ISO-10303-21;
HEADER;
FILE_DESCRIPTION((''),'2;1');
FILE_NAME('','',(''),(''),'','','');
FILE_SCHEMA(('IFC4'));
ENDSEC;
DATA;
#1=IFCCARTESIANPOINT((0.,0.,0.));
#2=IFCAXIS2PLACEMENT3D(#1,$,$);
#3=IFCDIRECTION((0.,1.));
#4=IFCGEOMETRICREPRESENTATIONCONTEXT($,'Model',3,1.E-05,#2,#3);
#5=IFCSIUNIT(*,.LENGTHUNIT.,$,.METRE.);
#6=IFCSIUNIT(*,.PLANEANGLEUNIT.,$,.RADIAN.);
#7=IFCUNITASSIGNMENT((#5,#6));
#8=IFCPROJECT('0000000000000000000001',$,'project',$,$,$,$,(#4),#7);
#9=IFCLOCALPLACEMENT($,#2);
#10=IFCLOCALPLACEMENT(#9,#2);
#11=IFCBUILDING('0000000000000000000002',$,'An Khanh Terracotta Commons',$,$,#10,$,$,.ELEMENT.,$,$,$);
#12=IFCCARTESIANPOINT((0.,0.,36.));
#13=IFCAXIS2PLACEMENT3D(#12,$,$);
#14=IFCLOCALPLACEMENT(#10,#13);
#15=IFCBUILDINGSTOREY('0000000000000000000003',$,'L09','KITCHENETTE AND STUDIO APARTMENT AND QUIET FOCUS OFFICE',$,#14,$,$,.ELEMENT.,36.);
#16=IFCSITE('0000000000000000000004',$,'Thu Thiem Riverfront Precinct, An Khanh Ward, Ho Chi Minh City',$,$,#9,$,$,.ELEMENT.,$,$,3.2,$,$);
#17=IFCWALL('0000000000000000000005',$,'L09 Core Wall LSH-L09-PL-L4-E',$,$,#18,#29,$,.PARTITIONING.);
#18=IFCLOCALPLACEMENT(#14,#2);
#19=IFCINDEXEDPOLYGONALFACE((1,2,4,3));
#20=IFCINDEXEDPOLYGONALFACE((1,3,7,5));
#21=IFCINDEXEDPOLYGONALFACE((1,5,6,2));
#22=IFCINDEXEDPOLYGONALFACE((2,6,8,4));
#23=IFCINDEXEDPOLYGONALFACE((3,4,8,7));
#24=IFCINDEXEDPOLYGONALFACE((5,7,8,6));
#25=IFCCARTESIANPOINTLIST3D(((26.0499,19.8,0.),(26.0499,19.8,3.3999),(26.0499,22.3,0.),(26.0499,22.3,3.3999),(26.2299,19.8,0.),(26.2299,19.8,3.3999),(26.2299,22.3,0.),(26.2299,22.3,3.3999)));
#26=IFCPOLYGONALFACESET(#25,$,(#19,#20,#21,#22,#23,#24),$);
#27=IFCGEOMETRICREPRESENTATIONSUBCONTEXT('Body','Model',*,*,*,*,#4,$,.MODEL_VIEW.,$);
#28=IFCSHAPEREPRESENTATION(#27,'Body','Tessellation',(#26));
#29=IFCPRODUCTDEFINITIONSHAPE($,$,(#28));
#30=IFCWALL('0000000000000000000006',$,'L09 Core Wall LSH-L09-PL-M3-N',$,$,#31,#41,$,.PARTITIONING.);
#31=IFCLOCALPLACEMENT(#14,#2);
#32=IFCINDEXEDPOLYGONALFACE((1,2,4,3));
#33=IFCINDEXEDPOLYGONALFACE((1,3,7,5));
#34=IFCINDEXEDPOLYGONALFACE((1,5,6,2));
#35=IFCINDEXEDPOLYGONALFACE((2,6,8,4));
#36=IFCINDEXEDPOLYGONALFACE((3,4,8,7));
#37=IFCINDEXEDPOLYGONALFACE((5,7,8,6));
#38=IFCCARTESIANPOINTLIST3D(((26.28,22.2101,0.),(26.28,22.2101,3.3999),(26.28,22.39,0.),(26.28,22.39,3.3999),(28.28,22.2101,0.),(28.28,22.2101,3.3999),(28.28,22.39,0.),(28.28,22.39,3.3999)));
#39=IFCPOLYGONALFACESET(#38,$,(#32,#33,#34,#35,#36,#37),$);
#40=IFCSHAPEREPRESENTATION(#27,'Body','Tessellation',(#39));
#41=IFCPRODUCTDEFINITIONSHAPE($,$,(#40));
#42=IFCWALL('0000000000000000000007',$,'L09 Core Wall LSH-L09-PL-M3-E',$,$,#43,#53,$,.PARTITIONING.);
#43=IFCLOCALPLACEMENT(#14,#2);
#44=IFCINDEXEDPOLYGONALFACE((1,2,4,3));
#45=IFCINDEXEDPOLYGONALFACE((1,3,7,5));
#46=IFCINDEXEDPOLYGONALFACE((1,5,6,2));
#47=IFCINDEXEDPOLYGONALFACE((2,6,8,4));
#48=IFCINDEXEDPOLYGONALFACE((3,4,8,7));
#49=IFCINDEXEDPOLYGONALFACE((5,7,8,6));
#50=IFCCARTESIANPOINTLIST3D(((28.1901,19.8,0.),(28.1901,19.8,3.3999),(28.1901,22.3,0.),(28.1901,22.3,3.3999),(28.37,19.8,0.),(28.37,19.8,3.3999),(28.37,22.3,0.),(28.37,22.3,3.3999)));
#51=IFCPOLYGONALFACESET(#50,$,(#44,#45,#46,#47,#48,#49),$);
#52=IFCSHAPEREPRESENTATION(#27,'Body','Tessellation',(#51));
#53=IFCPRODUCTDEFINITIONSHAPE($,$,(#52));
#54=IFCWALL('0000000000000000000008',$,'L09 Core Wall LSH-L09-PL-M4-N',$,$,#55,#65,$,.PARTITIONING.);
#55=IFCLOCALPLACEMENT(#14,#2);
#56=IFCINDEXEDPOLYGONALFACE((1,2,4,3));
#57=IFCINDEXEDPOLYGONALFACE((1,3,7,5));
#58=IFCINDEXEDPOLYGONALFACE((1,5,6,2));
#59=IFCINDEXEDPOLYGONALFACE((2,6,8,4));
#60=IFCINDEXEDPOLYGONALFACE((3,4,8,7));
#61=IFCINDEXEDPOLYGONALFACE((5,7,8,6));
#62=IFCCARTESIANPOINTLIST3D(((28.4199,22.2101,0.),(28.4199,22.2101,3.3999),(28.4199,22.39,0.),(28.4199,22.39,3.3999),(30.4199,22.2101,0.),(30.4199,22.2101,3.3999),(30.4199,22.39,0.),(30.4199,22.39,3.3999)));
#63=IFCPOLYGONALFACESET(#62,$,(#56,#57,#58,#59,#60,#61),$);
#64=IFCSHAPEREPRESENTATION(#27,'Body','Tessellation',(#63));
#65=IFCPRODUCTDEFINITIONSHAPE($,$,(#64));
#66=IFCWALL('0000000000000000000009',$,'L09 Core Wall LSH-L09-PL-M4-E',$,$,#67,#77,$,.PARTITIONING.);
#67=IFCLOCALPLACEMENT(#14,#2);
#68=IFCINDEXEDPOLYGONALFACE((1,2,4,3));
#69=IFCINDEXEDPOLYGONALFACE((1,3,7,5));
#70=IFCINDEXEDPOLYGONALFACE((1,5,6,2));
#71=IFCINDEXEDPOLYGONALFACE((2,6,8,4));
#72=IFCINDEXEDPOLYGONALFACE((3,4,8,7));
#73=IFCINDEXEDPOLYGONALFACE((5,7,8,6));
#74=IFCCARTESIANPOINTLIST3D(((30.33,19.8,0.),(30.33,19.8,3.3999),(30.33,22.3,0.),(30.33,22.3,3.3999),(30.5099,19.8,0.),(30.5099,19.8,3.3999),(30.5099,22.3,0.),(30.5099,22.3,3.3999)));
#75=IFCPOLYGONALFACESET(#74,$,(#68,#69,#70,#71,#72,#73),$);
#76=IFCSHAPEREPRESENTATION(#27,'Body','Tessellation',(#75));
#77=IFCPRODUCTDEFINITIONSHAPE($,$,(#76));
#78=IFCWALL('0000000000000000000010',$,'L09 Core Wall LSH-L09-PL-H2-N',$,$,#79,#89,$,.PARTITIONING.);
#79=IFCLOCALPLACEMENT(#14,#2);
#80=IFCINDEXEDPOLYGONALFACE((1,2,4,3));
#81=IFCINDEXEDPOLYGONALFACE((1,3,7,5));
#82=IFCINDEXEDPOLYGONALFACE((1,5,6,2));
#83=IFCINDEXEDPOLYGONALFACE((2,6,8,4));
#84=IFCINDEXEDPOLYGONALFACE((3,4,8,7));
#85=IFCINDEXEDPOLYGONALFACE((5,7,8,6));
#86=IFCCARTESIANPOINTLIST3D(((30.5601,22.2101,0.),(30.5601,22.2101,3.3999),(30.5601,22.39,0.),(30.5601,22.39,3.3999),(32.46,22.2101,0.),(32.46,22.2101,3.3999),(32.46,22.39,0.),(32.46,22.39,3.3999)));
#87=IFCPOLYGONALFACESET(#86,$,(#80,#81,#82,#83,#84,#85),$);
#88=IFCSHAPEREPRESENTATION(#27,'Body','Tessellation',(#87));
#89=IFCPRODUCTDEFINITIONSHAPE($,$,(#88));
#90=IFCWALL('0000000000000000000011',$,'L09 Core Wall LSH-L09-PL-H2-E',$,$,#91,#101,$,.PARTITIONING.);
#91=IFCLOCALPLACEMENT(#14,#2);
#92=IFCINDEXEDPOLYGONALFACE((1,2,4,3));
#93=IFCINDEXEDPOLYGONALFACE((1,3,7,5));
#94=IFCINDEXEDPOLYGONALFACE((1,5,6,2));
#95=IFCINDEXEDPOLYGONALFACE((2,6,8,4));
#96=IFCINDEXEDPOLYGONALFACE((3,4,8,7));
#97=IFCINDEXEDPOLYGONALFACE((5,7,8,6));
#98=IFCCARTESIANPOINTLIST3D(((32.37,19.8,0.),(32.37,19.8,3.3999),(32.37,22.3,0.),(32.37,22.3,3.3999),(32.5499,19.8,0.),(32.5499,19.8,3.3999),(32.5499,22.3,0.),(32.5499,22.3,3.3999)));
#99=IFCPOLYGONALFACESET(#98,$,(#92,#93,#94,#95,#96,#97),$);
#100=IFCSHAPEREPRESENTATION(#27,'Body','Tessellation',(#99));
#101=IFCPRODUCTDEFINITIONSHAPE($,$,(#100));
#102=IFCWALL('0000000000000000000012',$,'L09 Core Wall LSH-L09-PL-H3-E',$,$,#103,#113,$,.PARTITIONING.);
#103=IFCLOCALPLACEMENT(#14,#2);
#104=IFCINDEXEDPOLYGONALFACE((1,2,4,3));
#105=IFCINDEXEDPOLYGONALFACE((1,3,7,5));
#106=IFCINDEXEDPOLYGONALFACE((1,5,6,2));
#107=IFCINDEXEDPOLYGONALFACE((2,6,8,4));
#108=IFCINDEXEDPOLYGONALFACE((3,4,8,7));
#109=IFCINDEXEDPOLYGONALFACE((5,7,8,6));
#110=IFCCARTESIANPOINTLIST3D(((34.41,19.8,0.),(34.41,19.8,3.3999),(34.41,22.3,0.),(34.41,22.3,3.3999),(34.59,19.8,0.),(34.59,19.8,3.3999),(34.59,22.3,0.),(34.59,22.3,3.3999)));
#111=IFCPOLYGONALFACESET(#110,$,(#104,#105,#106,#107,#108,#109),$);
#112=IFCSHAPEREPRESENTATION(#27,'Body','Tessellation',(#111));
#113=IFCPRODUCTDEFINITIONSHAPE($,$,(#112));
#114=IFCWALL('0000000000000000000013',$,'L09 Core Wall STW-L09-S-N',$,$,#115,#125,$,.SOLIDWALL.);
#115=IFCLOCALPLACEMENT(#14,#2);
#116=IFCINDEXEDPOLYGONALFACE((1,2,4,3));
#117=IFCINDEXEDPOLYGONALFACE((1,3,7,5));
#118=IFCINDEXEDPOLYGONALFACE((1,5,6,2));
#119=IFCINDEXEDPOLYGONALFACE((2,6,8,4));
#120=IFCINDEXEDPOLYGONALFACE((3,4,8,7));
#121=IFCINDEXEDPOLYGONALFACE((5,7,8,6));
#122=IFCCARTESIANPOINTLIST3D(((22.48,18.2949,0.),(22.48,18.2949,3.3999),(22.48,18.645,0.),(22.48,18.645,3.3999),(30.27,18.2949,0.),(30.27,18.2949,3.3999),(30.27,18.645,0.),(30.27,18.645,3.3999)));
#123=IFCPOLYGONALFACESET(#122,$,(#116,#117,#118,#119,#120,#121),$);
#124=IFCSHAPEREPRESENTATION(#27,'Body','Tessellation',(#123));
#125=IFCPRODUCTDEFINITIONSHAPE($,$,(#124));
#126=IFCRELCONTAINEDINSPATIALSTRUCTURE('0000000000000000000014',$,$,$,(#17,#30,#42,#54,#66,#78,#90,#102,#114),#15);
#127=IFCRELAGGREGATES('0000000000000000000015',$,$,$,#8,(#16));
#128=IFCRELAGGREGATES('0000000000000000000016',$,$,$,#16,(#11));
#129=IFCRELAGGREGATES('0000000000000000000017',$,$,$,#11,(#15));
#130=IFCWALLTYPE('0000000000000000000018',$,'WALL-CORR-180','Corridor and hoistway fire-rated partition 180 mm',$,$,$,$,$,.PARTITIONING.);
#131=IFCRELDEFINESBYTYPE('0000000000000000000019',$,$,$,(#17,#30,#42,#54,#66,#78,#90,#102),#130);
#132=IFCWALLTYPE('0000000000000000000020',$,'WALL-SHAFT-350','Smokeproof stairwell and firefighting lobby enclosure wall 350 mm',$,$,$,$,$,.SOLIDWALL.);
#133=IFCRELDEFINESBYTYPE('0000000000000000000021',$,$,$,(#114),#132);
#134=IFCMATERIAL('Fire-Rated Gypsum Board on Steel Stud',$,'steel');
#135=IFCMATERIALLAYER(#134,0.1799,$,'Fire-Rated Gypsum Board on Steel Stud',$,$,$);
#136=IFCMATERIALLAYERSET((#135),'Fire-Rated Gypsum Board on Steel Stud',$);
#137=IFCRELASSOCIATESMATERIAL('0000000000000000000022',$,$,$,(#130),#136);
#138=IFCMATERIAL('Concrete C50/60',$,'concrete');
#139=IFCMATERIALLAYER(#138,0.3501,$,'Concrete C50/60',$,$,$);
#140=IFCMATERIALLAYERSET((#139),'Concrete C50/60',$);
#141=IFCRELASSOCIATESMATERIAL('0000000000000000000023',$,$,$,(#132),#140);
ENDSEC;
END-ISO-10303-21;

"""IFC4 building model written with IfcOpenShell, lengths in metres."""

from ifc_helpers import new_model, si_unit, direction, frame, frame_2d, origin, place, context, subcontext, project, spatial, rectangle, extrude, material, layer, layer_set, type_object, element, save


model = new_model("IFC4")

# Units and contexts
model_context = context("Model", 3, precision=1e-05, world=origin(), true_north=direction((0.0, 1.0)))
body_context = subcontext(model_context, "Body", "Model", "MODEL_VIEW")
ifc_project = project(units=[si_unit("LENGTHUNIT", "METRE"), si_unit("PLANEANGLEUNIT", "RADIAN")], contexts=[model_context])

# Site, building, storey
site_placement = place(None, origin())
site = spatial("IfcSite", under=ifc_project, at=site_placement, Name="Thu Thiem Riverfront Precinct, An Khanh Ward, Ho Chi Minh City", CompositionType="ELEMENT", RefElevation=3.2)
building_placement = place(site_placement, origin())
building = spatial("IfcBuilding", under=site, at=building_placement, Name="An Khanh Terracotta Commons", CompositionType="ELEMENT")
storey_placement = place(building_placement, frame((0.0, 0.0, 36.0)))
storey = spatial("IfcBuildingStorey", under=building, at=storey_placement, Name="L09", Description="KITCHENETTE AND STUDIO APARTMENT AND QUIET FOCUS OFFICE", CompositionType="ELEMENT", Elevation=36.0)

# Shared definitions
ifc_material_1 = material(Name="Fire-Rated Gypsum Board on Steel Stud", Category="steel")
ifc_layer_1 = layer(ifc_material_1, 0.1799, Name="Fire-Rated Gypsum Board on Steel Stud")
ifc_layer_set_1 = layer_set([ifc_layer_1], Name="Fire-Rated Gypsum Board on Steel Stud")
wall_type_1 = type_object("IfcWallType", Name="WALL-CORR-180", Description="Corridor and hoistway fire-rated partition 180 mm", PredefinedType="PARTITIONING", material=ifc_layer_set_1)

# Walls
wall_1_placement = place(storey_placement, frame((26.1399, 19.8, 0.0), z_axis=(0.0, 0.0, 1.0), x_axis=(0.0, 1.0, 0.0)))
element("IfcWall", 1, at=wall_1_placement, inside=storey, type_object=wall_type_1, Name="L09 Core Wall LSH-L09-PL-L4-E", PredefinedType="PARTITIONING", context=body_context, shape_type="SweptSolid", body=[
    extrude(rectangle(XDim=2.5, YDim=0.1799, at=frame_2d((1.25, 0.0))), origin(), (0.0, 0.0, 1.0), 3.3999),
])
wall_2_placement = place(storey_placement, frame((26.28, 22.3, 0.0), z_axis=(0.0, 0.0, 1.0), x_axis=(1.0, 0.0, 0.0)))
element("IfcWall", 2, at=wall_2_placement, inside=storey, type_object=wall_type_1, Name="L09 Core Wall LSH-L09-PL-M3-N", PredefinedType="PARTITIONING", context=body_context, shape_type="SweptSolid", body=[
    extrude(rectangle(XDim=2.0, YDim=0.1799, at=frame_2d((1.0, 0.0))), origin(), (0.0, 0.0, 1.0), 3.3999),
])
wall_3_placement = place(storey_placement, frame((28.28, 19.8, 0.0), z_axis=(0.0, 0.0, 1.0), x_axis=(0.0, 1.0, 0.0)))
element("IfcWall", 3, at=wall_3_placement, inside=storey, type_object=wall_type_1, Name="L09 Core Wall LSH-L09-PL-M3-E", PredefinedType="PARTITIONING", context=body_context, shape_type="SweptSolid", body=[
    extrude(rectangle(XDim=2.5, YDim=0.1799, at=frame_2d((1.25, 0.0))), origin(), (0.0, 0.0, 1.0), 3.3999),
])
wall_4_placement = place(storey_placement, frame((28.4199, 22.3, 0.0), z_axis=(0.0, 0.0, 1.0), x_axis=(1.0, 0.0, 0.0)))
element("IfcWall", 4, at=wall_4_placement, inside=storey, type_object=wall_type_1, Name="L09 Core Wall LSH-L09-PL-M4-N", PredefinedType="PARTITIONING", context=body_context, shape_type="SweptSolid", body=[
    extrude(rectangle(XDim=2.0, YDim=0.1799, at=frame_2d((1.0, 0.0))), origin(), (0.0, 0.0, 1.0), 3.3999),
])
wall_5_placement = place(storey_placement, frame((30.4199, 19.8, 0.0), z_axis=(0.0, 0.0, 1.0), x_axis=(0.0, 1.0, 0.0)))
element("IfcWall", 5, at=wall_5_placement, inside=storey, type_object=wall_type_1, Name="L09 Core Wall LSH-L09-PL-M4-E", PredefinedType="PARTITIONING", context=body_context, shape_type="SweptSolid", body=[
    extrude(rectangle(XDim=2.5, YDim=0.1799, at=frame_2d((1.25, 0.0))), origin(), (0.0, 0.0, 1.0), 3.3999),
])
wall_6_placement = place(storey_placement, frame((30.5601, 22.3, 0.0), z_axis=(0.0, 0.0, 1.0), x_axis=(1.0, 0.0, 0.0)))
element("IfcWall", 6, at=wall_6_placement, inside=storey, type_object=wall_type_1, Name="L09 Core Wall LSH-L09-PL-H2-N", PredefinedType="PARTITIONING", context=body_context, shape_type="SweptSolid", body=[
    extrude(rectangle(XDim=1.8999, YDim=0.1799, at=frame_2d((0.95, 0.0))), origin(), (0.0, 0.0, 1.0), 3.3999),
])
for number, where, z_axis, x_axis, name in (
    (7, (32.46, 19.8, 0.0), (0.0, 0.0, 1.0), (0.0, 1.0, 0.0), "L09 Core Wall LSH-L09-PL-H2-E"),
    (8, (34.5, 19.8, 0.0), (0.0, 0.0, 1.0), (0.0, 1.0, 0.0), "L09 Core Wall LSH-L09-PL-H3-E"),
):
    element("IfcWall", number, at=place(storey_placement, frame(where, z_axis=z_axis, x_axis=x_axis)), inside=storey, type_object=wall_type_1, Name=name, PredefinedType="PARTITIONING", context=body_context, shape_type="SweptSolid", body=[
        extrude(rectangle(XDim=2.5, YDim=0.1799, at=frame_2d((1.25, 0.0))), origin(), (0.0, 0.0, 1.0), 3.3999),
    ])
ifc_material_2 = material(Name="Concrete C50/60", Category="concrete")
ifc_layer_2 = layer(ifc_material_2, 0.3501, Name="Concrete C50/60")
ifc_layer_set_2 = layer_set([ifc_layer_2], Name="Concrete C50/60")
wall_type_2 = type_object("IfcWallType", Name="WALL-SHAFT-350", Description="Smokeproof stairwell and firefighting lobby enclosure wall 350 mm", PredefinedType="SOLIDWALL", material=ifc_layer_set_2)
wall_7_placement = place(storey_placement, frame((22.48, 18.47, 0.0), z_axis=(0.0, 0.0, 1.0), x_axis=(1.0, 0.0, 0.0)))
element("IfcWall", 9, at=wall_7_placement, inside=storey, type_object=wall_type_2, Name="L09 Core Wall STW-L09-S-N", PredefinedType="SOLIDWALL", context=body_context, shape_type="SweptSolid", body=[
    extrude(rectangle(XDim=7.79, YDim=0.3501, at=frame_2d((3.895, 0.0))), origin(), (0.0, 0.0, 1.0), 3.3999),
])

save(model, "model.ifc")
